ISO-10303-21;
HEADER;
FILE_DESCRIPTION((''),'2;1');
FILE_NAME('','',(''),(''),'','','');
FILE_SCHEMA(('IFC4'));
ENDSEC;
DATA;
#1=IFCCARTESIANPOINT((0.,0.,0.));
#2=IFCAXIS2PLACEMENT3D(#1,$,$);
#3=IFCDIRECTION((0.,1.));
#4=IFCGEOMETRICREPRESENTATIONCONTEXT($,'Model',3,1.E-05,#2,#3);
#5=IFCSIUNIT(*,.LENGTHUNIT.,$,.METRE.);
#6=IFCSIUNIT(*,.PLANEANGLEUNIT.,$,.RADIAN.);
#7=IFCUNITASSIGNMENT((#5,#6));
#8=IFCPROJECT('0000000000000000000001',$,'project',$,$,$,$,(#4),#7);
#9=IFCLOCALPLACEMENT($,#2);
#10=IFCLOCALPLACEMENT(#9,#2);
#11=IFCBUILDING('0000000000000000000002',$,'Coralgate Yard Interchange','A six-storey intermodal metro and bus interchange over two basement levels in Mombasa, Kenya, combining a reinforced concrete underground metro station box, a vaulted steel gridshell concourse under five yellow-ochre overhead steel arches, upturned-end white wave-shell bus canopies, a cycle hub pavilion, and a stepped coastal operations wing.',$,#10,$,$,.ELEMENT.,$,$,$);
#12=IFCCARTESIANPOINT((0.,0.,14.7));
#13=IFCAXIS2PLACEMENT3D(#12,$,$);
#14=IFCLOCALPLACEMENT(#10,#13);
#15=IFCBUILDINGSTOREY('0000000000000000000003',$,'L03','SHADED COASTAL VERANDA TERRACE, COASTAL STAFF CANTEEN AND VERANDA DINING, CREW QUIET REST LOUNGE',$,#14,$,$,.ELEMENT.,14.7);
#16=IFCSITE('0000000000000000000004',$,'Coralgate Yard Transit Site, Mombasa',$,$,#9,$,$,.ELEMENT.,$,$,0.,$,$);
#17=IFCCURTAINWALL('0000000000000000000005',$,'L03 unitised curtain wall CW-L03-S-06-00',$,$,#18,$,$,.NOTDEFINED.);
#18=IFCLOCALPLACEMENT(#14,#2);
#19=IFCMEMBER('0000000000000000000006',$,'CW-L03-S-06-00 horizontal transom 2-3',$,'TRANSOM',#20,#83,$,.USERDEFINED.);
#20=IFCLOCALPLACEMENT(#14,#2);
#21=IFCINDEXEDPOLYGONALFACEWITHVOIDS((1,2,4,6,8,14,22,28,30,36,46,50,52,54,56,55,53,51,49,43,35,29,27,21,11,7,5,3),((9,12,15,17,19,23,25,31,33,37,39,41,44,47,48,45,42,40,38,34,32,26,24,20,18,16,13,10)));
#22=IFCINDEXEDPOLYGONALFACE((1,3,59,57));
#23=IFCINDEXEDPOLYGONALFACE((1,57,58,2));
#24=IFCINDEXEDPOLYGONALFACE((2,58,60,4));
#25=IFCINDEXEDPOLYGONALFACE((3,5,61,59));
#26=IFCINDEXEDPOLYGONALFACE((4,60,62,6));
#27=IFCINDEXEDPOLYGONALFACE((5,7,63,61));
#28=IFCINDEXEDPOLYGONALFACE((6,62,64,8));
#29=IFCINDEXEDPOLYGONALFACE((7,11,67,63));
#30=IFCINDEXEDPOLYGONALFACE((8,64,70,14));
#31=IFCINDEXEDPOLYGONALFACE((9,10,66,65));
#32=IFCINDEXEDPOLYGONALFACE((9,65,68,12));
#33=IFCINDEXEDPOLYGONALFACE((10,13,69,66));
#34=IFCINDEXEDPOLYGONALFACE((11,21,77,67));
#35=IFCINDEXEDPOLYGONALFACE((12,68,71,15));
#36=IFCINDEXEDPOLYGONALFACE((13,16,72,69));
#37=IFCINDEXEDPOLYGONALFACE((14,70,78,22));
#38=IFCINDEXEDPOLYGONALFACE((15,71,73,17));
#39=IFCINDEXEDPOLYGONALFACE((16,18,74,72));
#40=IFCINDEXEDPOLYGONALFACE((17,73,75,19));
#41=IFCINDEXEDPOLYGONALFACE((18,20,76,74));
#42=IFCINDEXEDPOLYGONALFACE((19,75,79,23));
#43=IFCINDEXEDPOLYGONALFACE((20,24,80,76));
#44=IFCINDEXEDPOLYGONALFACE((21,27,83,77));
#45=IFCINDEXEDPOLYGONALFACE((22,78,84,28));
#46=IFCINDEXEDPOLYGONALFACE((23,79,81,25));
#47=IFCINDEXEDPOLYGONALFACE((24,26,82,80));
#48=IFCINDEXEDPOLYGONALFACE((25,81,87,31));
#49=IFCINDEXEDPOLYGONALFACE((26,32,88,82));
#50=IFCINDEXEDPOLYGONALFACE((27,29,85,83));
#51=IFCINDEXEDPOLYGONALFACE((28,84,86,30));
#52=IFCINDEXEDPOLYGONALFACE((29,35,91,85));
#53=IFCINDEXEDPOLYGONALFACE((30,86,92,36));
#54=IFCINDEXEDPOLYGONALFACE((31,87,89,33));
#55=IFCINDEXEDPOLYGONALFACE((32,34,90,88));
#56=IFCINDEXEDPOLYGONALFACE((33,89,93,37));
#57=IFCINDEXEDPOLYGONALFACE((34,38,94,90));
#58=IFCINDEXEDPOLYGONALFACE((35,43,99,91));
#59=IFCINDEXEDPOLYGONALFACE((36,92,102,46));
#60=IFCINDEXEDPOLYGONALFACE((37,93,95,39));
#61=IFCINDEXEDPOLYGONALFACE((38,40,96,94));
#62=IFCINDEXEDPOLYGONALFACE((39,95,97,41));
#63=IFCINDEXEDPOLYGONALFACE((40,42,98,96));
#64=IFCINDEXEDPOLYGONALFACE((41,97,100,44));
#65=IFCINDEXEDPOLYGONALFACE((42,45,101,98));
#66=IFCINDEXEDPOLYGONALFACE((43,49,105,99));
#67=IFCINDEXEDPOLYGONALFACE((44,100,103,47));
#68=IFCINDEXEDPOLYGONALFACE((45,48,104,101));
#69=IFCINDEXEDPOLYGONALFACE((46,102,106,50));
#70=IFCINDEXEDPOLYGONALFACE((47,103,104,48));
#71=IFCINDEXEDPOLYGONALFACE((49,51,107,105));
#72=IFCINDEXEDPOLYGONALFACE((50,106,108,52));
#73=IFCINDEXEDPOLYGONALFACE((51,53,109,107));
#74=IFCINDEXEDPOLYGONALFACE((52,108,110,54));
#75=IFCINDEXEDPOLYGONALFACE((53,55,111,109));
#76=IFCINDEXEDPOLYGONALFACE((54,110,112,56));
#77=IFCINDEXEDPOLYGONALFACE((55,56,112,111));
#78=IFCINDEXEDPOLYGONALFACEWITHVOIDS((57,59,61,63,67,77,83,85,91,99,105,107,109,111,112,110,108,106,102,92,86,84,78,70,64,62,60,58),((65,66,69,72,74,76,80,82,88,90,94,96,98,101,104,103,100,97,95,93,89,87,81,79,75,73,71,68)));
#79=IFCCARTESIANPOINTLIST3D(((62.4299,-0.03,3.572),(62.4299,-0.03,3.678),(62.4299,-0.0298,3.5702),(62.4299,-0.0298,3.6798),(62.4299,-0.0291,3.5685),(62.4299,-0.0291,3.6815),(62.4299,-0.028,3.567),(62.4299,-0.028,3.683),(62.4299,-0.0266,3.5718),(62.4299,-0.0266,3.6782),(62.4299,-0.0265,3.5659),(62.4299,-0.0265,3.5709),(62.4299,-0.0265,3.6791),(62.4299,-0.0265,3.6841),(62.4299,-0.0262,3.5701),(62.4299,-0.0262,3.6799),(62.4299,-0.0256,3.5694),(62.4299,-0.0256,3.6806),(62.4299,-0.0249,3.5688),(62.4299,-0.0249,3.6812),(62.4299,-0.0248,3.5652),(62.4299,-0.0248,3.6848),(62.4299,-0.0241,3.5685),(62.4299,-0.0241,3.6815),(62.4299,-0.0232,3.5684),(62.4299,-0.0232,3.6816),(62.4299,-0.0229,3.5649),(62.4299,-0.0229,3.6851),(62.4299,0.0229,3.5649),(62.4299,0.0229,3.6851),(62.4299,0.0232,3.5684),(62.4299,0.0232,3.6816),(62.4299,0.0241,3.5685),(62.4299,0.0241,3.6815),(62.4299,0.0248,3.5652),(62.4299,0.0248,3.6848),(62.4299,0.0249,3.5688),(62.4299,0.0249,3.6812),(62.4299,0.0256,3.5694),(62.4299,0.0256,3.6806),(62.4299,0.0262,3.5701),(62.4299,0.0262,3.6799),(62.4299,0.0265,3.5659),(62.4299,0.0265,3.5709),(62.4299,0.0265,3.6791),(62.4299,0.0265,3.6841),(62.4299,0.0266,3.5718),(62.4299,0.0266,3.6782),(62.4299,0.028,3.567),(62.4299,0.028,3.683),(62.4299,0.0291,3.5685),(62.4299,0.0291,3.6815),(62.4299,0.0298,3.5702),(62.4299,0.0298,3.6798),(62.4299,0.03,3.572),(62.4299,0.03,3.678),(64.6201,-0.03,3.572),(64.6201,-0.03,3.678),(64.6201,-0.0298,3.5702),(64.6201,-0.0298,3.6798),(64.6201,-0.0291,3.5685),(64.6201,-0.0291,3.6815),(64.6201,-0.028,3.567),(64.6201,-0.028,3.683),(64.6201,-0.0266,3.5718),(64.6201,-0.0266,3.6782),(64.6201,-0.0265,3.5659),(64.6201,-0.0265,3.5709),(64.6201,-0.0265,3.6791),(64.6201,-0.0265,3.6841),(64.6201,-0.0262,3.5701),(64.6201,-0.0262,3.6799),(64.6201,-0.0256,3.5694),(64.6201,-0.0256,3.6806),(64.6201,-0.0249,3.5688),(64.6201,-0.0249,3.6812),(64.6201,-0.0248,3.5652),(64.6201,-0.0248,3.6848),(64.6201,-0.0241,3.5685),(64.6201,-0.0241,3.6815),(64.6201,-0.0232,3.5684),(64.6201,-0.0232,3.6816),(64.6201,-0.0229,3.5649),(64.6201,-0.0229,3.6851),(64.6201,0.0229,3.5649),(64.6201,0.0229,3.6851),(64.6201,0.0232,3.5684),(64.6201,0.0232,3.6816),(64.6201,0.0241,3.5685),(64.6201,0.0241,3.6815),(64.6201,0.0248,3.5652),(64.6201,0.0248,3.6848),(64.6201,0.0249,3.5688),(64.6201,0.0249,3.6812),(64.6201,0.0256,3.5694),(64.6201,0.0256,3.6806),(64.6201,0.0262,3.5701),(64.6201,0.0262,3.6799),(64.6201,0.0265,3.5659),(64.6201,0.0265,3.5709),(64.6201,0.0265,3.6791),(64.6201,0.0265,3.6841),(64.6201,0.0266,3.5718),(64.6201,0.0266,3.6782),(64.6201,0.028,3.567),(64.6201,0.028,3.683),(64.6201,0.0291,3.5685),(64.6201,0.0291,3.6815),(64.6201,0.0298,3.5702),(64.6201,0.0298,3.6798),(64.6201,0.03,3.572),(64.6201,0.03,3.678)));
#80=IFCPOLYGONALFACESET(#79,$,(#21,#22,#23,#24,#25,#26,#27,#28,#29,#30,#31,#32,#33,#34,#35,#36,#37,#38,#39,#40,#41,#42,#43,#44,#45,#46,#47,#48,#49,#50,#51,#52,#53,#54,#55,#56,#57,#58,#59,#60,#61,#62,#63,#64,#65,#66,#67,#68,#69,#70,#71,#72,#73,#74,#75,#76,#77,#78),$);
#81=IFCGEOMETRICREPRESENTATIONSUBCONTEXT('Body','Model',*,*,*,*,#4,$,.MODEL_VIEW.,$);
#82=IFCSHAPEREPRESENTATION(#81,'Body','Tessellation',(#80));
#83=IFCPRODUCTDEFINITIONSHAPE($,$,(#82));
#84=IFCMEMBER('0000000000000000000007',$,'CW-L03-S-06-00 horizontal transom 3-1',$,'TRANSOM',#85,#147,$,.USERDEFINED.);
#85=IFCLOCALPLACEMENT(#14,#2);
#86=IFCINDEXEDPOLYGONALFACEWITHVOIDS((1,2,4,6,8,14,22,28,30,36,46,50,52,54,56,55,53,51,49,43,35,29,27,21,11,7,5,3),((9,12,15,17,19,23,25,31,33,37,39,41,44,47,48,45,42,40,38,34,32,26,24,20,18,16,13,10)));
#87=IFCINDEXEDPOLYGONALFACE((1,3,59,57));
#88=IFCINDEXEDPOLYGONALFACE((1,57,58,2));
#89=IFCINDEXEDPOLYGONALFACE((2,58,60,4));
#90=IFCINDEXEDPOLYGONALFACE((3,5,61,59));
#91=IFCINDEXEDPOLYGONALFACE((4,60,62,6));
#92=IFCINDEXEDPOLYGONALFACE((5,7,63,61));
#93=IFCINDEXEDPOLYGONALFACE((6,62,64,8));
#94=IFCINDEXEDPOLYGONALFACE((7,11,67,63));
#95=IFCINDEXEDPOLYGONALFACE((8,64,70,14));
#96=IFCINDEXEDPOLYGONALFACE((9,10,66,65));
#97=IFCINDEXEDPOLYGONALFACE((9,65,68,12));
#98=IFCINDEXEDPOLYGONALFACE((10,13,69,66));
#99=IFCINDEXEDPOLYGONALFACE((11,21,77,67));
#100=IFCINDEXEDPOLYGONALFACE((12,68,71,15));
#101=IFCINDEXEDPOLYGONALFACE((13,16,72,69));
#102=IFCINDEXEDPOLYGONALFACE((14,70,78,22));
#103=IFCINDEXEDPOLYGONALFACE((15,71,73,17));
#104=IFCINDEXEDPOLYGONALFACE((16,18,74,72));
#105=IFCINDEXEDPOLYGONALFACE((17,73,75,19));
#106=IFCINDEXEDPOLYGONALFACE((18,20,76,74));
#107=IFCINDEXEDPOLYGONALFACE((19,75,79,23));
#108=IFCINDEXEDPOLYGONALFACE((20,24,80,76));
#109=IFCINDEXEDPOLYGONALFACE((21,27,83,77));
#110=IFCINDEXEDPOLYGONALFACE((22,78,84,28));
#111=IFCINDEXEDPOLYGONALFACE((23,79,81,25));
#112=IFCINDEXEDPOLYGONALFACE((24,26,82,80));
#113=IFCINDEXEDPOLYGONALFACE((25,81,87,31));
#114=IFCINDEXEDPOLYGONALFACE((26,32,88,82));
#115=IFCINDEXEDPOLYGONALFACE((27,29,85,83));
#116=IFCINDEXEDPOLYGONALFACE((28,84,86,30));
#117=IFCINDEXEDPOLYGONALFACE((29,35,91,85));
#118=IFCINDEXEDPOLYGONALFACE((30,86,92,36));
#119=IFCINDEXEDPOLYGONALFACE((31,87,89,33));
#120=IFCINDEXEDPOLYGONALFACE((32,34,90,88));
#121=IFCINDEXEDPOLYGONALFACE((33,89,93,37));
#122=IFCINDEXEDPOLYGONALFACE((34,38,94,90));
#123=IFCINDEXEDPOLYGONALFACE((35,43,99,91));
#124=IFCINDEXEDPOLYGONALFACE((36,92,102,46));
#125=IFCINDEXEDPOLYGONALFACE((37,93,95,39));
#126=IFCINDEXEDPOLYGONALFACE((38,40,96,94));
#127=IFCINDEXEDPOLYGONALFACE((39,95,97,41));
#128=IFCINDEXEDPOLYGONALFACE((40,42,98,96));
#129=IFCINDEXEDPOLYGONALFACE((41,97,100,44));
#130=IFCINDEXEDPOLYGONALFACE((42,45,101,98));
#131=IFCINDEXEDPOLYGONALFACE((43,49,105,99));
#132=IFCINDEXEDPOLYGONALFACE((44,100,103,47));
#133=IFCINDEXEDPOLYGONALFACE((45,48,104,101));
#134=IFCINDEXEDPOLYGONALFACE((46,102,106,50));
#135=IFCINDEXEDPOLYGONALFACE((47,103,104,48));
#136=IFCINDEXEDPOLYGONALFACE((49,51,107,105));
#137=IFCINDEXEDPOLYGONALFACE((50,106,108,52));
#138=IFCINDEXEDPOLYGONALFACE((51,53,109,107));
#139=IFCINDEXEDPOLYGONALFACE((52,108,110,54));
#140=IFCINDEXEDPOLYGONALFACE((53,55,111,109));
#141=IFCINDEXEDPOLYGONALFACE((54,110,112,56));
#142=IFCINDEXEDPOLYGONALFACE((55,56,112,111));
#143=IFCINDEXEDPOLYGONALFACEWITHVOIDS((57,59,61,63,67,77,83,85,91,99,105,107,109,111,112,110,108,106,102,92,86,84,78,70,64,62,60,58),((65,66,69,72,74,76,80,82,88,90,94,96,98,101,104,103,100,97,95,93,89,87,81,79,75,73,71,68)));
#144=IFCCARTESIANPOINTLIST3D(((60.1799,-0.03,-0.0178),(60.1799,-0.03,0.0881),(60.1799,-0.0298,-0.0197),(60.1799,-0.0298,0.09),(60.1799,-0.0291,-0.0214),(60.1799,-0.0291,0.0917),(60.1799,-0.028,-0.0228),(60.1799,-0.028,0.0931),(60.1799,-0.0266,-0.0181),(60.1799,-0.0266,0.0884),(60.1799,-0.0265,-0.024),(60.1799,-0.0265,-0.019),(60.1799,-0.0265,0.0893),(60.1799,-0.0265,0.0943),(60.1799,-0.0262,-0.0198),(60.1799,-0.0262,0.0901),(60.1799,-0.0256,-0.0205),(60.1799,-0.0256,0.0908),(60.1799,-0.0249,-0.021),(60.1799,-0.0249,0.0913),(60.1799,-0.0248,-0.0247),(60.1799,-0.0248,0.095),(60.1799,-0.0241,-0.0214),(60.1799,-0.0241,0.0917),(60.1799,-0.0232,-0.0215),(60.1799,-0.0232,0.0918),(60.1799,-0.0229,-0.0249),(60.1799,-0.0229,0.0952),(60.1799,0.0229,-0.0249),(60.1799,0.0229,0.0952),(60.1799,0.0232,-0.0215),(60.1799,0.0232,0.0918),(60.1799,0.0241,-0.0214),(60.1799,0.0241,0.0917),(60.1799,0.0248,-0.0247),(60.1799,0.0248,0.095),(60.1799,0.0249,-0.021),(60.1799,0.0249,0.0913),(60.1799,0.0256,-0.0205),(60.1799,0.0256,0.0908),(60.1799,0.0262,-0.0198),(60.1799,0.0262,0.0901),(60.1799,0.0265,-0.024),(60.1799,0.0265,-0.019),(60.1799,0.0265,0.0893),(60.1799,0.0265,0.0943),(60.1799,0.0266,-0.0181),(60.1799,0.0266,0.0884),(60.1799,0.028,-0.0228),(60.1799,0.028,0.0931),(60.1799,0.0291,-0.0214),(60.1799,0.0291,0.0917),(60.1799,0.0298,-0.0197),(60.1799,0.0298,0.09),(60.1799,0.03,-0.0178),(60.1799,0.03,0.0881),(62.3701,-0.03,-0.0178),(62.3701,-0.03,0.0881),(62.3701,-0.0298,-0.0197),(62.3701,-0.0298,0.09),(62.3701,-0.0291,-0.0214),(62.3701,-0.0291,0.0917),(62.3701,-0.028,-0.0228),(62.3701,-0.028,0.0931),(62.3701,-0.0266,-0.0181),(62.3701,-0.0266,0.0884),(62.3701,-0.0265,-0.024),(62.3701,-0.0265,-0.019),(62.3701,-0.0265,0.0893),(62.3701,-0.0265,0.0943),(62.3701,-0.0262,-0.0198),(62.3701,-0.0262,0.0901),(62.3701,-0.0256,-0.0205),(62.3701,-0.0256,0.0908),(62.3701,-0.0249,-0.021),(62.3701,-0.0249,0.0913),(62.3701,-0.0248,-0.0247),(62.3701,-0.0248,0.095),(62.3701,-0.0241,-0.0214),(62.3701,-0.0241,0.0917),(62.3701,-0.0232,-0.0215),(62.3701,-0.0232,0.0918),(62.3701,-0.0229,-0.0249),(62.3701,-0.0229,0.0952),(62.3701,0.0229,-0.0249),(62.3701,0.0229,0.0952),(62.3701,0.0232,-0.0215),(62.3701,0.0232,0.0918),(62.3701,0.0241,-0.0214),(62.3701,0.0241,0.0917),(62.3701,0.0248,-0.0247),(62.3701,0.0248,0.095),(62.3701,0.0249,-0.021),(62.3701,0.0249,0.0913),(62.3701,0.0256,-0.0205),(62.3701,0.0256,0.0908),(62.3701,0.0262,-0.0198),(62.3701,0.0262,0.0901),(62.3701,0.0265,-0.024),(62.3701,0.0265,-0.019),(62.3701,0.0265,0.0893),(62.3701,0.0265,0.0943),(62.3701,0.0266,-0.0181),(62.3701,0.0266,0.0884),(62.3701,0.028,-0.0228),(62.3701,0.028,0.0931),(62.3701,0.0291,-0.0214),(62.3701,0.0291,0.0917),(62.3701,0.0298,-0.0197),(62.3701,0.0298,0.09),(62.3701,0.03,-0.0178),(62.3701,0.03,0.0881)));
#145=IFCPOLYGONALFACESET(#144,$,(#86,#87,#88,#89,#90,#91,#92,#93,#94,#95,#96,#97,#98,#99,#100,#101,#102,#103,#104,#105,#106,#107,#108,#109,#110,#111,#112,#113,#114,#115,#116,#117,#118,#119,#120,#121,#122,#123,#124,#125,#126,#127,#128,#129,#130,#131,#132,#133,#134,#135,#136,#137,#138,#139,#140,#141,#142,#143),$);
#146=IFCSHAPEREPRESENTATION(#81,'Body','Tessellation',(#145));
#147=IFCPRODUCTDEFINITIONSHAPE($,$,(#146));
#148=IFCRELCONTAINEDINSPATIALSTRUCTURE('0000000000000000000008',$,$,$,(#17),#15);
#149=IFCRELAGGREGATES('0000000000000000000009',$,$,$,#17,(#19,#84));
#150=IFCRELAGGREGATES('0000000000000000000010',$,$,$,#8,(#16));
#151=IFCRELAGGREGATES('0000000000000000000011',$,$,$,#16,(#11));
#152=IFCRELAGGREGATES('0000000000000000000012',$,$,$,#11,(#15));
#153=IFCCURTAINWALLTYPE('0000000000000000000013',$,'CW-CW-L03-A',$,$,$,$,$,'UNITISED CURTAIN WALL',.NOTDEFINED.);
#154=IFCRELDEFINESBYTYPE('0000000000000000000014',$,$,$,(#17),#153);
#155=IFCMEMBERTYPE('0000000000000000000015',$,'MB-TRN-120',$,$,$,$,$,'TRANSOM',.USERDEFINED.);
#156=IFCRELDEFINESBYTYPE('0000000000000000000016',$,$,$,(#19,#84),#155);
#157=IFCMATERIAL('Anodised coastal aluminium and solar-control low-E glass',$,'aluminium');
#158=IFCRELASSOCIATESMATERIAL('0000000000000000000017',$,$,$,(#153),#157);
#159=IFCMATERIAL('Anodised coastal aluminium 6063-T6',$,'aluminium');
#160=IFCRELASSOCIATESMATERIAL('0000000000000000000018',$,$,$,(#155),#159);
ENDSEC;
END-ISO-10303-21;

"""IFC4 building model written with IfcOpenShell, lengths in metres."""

from ifc_helpers import new_model, si_unit, direction, frame, origin, origin_2d, place, context, subcontext, project, spatial, hollow_rectangle, extrude, material, material_profile, profile_set, type_object, element, aggregate, save


model = new_model("IFC4")

# Units and contexts
model_context = context("Model", 3, precision=1e-05, world=origin(), true_north=direction((0.0, 1.0)))
body_context = subcontext(model_context, "Body", "Model", "MODEL_VIEW")
ifc_project = project(units=[si_unit("LENGTHUNIT", "METRE"), si_unit("PLANEANGLEUNIT", "RADIAN")], contexts=[model_context])

# Site, building, storey
site_placement = place(None, origin())
site = spatial("IfcSite", under=ifc_project, at=site_placement, Name="Coralgate Yard Transit Site, Mombasa", CompositionType="ELEMENT", RefElevation=0.0)
building_placement = place(site_placement, origin())
building = spatial("IfcBuilding", under=site, at=building_placement, Name="Coralgate Yard Interchange", Description="A six-storey intermodal metro and bus interchange over two basement levels in Mombasa, Kenya, combining a reinforced concrete underground metro station box, a vaulted steel gridshell concourse under five yellow-ochre overhead steel arches, upturned-end white wave-shell bus canopies, a cycle hub pavilion, and a stepped coastal operations wing.", CompositionType="ELEMENT")
storey_placement = place(building_placement, frame((0.0, 0.0, 14.7)))
storey = spatial("IfcBuildingStorey", under=building, at=storey_placement, Name="L03", Description="SHADED COASTAL VERANDA TERRACE, COASTAL STAFF CANTEEN AND VERANDA DINING, CREW QUIET REST LOUNGE", CompositionType="ELEMENT", Elevation=14.7)

# Curtain wall, members
ifc_material_1 = material(Name="Anodised coastal aluminium and solar-control low-E glass", Category="aluminium")
curtain_wall_type = type_object("IfcCurtainWallType", Name="CW-CW-L03-A", ElementType="UNITISED CURTAIN WALL", PredefinedType="NOTDEFINED", material=ifc_material_1)
curtain_wall_placement = place(storey_placement, origin())
curtain_wall = element("IfcCurtainWall", 1, at=curtain_wall_placement, inside=storey, type_object=curtain_wall_type, Name="L03 unitised curtain wall CW-L03-S-06-00", PredefinedType="NOTDEFINED")
ifc_material_2 = material(Name="Anodised coastal aluminium 6063-T6", Category="aluminium")
ifc_material_profile_1 = material_profile(ifc_material_2, hollow_rectangle(XDim=0.0601, YDim=0.1201, WallThickness=0.0034, InnerFilletRadius=0.0034, OuterFilletRadius=0.0071, at=origin_2d()), Name="ALU 60x120x3.5")
ifc_profile_set_1 = profile_set([ifc_material_profile_1], Name="Anodised coastal aluminium 6063-T6")
member_type_1 = type_object("IfcMemberType", Name="MB-TRN-120", ElementType="TRANSOM", PredefinedType="USERDEFINED", material=ifc_profile_set_1)
member_1_placement = place(storey_placement, frame((64.6201, 0.0, 3.625), z_axis=(-1.0, 0.0, 0.0), x_axis=(0.0, -1.0, 0.0)))
member_1 = element("IfcMember", 2, at=member_1_placement, type_object=member_type_1, Name="CW-L03-S-06-00 horizontal transom 2-3", ObjectType="TRANSOM", PredefinedType="USERDEFINED", context=body_context, shape_type="SweptSolid", body=[
    extrude(hollow_rectangle(XDim=0.0601, YDim=0.1201, WallThickness=0.0034, InnerFilletRadius=0.0034, OuterFilletRadius=0.0071, at=origin_2d()), origin(), (0.0, 0.0, 1.0), 2.1902),
])
member_2_placement = place(storey_placement, frame((62.3701, 0.0, 0.0352), z_axis=(-1.0, 0.0, 0.0), x_axis=(0.0, -1.0, 0.0)))
member_2 = element("IfcMember", 3, at=member_2_placement, type_object=member_type_1, Name="CW-L03-S-06-00 horizontal transom 3-1", ObjectType="TRANSOM", PredefinedType="USERDEFINED", context=body_context, shape_type="SweptSolid", body=[
    extrude(hollow_rectangle(XDim=0.0601, YDim=0.1201, WallThickness=0.0034, InnerFilletRadius=0.0034, OuterFilletRadius=0.0071, at=origin_2d()), origin(), (0.0, 0.0, 1.0), 2.1902),
])
aggregate(curtain_wall, [member_1, member_2])

save(model, "model.ifc")
